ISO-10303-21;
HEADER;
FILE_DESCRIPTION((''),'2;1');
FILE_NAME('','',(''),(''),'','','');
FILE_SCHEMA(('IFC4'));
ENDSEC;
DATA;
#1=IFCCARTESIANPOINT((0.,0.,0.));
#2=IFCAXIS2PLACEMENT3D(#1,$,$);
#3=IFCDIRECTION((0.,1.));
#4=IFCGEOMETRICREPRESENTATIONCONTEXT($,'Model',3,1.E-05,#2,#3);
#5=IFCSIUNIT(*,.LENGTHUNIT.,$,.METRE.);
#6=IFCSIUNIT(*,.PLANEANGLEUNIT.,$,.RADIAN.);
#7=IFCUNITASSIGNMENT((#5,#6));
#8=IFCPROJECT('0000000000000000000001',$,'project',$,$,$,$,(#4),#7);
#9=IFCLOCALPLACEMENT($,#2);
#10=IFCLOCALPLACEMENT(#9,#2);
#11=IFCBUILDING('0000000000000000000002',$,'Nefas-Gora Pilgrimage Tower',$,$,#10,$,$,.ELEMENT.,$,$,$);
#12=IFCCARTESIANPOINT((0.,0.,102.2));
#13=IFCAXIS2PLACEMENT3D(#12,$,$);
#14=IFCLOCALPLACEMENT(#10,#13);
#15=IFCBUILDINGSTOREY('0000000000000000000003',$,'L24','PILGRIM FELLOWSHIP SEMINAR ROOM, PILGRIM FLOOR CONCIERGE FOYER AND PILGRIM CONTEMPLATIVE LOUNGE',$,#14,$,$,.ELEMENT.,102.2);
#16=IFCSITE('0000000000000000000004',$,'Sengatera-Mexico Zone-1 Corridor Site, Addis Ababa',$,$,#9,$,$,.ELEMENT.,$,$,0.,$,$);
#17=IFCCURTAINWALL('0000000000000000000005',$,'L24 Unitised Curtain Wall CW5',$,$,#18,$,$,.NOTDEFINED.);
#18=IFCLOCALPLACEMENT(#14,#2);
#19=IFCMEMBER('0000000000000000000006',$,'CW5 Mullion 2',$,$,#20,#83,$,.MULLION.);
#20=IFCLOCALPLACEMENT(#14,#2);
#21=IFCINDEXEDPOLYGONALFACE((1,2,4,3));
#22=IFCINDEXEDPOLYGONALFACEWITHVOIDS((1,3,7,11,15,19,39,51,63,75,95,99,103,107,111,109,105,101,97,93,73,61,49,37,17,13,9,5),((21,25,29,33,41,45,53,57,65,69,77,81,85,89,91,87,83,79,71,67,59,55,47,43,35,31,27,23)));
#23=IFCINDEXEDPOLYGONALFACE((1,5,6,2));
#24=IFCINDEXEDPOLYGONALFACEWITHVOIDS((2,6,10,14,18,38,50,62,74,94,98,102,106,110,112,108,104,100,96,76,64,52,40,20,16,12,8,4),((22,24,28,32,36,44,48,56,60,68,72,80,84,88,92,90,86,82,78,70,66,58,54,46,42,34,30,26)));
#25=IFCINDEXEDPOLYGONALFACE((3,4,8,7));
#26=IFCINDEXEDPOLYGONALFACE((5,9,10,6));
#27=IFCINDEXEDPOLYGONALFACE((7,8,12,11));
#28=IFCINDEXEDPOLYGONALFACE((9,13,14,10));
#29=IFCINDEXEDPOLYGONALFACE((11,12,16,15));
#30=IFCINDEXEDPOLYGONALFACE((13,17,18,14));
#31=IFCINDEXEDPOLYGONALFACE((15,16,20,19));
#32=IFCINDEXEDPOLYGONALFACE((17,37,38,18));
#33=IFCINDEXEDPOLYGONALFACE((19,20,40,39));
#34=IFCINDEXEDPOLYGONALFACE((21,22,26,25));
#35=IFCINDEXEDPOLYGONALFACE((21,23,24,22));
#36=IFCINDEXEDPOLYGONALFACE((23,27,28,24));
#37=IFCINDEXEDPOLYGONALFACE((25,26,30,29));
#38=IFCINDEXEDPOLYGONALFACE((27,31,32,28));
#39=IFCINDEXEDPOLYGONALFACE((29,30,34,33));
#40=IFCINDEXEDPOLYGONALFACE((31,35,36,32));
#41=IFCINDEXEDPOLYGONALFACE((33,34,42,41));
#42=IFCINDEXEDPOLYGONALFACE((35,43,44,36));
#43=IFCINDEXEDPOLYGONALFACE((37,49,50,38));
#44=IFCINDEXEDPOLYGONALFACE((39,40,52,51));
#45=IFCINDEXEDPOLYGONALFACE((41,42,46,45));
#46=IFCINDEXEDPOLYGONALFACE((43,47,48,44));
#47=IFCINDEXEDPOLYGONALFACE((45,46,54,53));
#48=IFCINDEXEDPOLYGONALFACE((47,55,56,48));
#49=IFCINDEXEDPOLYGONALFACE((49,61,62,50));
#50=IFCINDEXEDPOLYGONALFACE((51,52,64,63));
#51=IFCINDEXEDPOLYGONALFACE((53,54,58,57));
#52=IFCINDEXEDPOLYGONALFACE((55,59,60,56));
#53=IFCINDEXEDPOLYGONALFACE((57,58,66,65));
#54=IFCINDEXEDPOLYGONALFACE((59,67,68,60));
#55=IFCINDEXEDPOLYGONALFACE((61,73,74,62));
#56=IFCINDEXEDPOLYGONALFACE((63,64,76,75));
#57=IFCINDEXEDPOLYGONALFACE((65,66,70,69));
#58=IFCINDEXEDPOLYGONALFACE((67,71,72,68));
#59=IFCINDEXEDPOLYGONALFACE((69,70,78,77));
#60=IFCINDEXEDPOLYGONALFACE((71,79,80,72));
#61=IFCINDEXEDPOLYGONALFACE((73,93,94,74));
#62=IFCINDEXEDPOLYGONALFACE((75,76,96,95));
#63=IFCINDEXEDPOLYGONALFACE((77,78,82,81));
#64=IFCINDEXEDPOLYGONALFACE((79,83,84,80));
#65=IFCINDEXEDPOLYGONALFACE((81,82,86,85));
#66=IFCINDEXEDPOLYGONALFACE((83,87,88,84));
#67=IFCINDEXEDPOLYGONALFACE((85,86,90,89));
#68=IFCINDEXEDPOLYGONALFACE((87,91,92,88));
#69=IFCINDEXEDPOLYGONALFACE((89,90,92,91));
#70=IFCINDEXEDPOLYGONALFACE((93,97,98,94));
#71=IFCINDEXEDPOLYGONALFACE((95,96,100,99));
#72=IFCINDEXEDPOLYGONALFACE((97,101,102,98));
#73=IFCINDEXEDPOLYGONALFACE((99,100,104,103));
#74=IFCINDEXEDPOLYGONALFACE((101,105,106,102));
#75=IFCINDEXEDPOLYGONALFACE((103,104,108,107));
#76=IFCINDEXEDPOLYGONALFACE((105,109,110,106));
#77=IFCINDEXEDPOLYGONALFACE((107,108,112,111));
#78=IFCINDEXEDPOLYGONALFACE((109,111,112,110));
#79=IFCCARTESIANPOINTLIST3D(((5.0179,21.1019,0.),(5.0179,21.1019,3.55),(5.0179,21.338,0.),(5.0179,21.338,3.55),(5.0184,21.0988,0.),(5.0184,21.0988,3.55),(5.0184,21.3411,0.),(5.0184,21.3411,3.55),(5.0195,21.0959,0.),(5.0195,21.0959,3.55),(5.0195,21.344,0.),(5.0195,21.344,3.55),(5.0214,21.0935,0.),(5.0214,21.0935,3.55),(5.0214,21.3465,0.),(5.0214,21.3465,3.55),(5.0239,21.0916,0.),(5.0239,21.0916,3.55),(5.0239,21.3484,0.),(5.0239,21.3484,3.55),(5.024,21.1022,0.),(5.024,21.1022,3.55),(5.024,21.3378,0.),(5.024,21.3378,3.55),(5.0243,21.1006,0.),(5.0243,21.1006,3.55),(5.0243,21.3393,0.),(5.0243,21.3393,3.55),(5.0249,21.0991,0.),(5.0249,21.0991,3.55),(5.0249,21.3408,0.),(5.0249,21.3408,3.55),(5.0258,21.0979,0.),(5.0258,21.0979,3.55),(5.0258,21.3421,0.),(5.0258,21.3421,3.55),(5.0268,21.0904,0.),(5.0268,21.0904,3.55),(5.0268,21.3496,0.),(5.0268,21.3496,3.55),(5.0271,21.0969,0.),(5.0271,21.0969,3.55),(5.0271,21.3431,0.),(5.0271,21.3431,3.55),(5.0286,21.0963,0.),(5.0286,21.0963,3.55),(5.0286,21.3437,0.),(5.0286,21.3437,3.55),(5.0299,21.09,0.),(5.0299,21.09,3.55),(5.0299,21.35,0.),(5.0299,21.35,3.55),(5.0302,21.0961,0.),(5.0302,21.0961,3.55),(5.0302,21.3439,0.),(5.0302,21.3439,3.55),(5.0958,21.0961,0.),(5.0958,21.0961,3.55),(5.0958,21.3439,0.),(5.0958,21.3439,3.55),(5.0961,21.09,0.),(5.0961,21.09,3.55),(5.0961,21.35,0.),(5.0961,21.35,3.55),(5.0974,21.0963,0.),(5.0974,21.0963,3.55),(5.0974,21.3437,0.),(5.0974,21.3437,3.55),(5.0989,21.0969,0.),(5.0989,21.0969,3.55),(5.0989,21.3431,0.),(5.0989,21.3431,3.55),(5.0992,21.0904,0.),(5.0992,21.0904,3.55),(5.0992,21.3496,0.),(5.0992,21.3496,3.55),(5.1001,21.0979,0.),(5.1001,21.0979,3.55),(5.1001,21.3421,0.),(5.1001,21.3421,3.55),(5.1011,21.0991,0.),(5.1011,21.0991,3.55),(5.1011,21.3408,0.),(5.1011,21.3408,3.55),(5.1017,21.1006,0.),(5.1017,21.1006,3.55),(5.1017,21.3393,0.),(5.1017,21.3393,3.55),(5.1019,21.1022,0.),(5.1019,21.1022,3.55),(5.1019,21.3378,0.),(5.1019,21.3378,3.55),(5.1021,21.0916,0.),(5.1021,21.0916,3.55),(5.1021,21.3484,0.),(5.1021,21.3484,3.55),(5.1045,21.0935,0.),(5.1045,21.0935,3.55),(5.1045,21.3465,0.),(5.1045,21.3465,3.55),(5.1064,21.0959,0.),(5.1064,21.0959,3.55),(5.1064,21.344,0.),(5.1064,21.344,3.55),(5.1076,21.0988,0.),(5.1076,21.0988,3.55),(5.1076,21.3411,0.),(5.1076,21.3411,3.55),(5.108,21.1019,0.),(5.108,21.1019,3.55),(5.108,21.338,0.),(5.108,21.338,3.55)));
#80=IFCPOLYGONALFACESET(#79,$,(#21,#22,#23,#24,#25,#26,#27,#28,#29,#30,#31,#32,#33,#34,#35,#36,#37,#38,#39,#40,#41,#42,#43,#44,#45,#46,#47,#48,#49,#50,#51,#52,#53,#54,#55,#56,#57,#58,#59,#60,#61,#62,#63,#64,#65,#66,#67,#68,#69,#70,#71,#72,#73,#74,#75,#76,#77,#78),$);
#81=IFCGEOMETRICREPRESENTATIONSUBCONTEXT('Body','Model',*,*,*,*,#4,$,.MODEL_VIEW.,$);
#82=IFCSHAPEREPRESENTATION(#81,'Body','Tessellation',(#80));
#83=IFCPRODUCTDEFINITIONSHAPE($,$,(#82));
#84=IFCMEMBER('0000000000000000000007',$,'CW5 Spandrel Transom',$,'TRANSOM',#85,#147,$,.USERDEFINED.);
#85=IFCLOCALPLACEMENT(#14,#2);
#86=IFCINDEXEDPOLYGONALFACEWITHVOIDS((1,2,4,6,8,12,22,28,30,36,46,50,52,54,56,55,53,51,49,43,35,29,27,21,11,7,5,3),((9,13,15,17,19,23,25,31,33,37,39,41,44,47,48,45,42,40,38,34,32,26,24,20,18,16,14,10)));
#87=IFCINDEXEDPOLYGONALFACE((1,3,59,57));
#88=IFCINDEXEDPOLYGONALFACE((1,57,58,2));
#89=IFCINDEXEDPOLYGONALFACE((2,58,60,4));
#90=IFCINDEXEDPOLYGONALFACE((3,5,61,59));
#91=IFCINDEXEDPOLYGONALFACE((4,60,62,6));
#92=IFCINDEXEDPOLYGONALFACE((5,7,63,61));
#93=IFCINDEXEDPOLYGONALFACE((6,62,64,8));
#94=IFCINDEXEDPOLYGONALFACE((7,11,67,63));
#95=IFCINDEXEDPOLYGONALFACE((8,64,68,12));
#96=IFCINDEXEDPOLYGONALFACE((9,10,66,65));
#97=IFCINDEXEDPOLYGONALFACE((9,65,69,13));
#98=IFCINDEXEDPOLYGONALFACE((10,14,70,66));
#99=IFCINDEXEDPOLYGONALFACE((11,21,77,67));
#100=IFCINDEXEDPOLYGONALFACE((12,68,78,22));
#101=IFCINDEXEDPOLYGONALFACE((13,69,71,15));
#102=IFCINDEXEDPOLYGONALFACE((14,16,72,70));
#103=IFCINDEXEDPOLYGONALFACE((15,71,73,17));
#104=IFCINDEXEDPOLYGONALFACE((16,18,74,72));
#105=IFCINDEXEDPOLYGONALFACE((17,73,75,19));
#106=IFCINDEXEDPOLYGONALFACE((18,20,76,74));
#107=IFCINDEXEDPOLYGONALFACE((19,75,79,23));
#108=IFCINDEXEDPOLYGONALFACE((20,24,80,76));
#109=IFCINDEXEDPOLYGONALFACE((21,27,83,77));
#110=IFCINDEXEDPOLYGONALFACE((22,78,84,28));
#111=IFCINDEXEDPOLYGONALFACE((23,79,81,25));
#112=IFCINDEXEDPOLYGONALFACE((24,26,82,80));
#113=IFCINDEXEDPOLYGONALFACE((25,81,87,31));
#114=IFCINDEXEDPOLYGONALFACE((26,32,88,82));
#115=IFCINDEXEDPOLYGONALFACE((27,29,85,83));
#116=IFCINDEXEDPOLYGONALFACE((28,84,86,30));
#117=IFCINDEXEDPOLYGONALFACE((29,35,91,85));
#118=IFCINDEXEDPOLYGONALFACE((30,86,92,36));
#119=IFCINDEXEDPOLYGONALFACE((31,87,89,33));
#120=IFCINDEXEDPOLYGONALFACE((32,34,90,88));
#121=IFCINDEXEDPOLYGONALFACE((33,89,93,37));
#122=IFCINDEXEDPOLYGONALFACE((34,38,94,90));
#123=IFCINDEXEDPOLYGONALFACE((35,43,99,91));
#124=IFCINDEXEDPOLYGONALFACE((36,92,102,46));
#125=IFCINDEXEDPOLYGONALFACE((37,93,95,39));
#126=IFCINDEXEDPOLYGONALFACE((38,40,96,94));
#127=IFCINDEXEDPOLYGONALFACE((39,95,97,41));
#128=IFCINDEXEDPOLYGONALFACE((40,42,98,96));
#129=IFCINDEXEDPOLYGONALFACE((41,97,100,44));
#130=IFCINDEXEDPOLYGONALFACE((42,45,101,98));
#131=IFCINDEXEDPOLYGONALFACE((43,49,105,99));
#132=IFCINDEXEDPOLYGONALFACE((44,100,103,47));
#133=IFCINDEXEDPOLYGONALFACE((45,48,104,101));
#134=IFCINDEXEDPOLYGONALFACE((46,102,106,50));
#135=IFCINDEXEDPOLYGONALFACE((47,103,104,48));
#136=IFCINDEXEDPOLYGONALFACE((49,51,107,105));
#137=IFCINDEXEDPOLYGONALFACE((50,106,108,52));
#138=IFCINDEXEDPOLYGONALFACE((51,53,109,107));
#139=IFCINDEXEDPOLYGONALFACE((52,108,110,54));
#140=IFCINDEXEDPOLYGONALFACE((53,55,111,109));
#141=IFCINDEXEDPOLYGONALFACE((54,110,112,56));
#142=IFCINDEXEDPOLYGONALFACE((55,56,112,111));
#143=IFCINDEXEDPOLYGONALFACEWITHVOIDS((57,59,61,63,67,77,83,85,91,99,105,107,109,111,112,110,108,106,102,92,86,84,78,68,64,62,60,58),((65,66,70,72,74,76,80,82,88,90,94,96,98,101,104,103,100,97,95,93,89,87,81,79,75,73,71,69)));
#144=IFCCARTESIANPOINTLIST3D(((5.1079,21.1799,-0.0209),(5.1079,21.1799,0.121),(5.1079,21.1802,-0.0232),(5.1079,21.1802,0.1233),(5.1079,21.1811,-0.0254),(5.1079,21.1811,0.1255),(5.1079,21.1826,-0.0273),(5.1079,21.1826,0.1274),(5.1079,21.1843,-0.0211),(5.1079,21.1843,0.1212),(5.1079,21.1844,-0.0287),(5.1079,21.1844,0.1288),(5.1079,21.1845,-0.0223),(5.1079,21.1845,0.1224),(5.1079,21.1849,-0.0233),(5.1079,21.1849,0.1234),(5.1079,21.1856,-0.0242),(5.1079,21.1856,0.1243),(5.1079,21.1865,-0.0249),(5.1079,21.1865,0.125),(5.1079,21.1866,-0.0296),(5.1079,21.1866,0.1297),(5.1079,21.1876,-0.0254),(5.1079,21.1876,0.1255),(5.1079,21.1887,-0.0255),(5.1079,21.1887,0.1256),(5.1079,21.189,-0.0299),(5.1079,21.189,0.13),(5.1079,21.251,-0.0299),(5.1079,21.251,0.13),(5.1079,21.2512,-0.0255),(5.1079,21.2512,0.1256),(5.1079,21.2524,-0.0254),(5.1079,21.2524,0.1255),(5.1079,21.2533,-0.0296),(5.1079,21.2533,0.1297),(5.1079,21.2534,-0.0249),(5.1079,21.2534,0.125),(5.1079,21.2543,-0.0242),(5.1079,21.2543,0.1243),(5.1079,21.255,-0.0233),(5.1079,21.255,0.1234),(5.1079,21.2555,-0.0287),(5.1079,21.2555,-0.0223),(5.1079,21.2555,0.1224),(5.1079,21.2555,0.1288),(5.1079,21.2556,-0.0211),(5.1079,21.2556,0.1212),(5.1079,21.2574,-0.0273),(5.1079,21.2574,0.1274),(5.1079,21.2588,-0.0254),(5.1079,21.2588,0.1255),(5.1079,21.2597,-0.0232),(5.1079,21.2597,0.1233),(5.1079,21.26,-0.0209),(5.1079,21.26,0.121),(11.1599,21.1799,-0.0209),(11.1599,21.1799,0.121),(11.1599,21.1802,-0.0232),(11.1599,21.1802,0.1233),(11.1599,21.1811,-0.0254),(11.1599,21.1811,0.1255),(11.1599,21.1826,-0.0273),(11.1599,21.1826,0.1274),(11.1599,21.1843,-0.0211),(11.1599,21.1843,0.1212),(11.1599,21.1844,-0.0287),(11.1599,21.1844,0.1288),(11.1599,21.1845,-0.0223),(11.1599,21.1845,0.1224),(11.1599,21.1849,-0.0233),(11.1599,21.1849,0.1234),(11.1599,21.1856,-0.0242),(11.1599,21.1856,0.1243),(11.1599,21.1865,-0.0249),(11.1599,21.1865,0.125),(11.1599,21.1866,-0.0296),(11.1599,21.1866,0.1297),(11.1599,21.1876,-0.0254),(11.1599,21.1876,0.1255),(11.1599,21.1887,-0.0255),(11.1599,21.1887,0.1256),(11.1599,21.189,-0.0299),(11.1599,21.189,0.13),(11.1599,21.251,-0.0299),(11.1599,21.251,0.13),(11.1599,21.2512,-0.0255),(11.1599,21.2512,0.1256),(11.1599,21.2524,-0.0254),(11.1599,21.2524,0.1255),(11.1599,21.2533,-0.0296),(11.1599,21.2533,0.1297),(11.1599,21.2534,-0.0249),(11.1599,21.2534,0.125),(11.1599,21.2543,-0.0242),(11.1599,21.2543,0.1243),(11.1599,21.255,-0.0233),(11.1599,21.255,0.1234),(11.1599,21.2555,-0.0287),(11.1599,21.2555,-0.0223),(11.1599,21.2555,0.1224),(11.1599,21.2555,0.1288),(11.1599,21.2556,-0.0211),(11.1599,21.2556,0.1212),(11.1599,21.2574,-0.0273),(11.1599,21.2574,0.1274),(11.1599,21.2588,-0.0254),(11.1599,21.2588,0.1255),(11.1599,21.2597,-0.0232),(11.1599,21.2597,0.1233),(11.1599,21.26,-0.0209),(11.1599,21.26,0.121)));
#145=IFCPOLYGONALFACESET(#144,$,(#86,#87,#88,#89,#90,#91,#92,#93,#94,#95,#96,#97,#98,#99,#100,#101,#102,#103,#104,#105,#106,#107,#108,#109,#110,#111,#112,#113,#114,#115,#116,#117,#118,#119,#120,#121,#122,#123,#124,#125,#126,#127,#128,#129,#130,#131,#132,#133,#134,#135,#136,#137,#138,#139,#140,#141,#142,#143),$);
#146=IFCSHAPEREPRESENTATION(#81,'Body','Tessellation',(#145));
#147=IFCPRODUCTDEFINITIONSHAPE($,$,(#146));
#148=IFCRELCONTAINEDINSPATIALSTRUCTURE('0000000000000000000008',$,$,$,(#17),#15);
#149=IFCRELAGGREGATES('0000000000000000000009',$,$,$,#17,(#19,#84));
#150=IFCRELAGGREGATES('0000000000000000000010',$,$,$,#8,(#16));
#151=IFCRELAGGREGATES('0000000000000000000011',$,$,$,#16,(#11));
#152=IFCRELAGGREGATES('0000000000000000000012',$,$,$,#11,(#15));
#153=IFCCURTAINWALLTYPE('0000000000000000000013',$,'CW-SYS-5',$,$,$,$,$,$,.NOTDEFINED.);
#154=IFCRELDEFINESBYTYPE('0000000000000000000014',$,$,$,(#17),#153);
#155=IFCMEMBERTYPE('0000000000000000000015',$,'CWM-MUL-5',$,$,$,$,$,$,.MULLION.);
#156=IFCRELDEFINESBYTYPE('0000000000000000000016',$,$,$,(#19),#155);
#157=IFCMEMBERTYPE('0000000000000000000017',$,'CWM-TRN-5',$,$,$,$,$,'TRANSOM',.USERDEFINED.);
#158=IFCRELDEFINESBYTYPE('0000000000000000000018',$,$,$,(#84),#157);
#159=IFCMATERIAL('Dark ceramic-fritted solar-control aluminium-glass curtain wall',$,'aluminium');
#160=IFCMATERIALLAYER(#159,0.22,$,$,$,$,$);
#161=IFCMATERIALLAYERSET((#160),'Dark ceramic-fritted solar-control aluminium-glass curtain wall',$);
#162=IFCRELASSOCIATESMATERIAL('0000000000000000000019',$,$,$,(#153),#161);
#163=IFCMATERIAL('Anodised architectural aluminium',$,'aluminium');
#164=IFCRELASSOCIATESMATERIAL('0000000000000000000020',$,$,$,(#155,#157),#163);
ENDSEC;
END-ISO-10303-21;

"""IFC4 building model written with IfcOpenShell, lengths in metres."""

from ifc_helpers import new_model, si_unit, direction, frame, origin, origin_2d, place, context, subcontext, project, spatial, hollow_rectangle, extrude, source, transform, mapped, material, layer, layer_set, material_profile, profile_set, type_object, element, aggregate, save


model = new_model("IFC4")

# Units and contexts
model_context = context("Model", 3, precision=1e-05, world=origin(), true_north=direction((0.0, 1.0)))
body_context = subcontext(model_context, "Body", "Model", "MODEL_VIEW")
ifc_project = project(units=[si_unit("LENGTHUNIT", "METRE"), si_unit("PLANEANGLEUNIT", "RADIAN")], contexts=[model_context])

# Site, building, storey
site_placement = place(None, origin())
site = spatial("IfcSite", under=ifc_project, at=site_placement, Name="Sengatera-Mexico Zone-1 Corridor Site, Addis Ababa", CompositionType="ELEMENT", RefElevation=0.0)
building_placement = place(site_placement, origin())
building = spatial("IfcBuilding", under=site, at=building_placement, Name="Nefas-Gora Pilgrimage Tower", CompositionType="ELEMENT")
storey_placement = place(building_placement, frame((0.0, 0.0, 102.2)))
storey = spatial("IfcBuildingStorey", under=building, at=storey_placement, Name="L24", Description="PILGRIM FELLOWSHIP SEMINAR ROOM, PILGRIM FLOOR CONCIERGE FOYER AND PILGRIM CONTEMPLATIVE LOUNGE", CompositionType="ELEMENT", Elevation=102.2)

# Curtain wall, members
ifc_material_1 = material(Name="Dark ceramic-fritted solar-control aluminium-glass curtain wall", Category="aluminium")
ifc_layer_1 = layer(ifc_material_1, 0.22)
ifc_layer_set_1 = layer_set([ifc_layer_1], Name="Dark ceramic-fritted solar-control aluminium-glass curtain wall")
curtain_wall_type_1 = type_object("IfcCurtainWallType", Name="CW-SYS-5", PredefinedType="NOTDEFINED", material=ifc_layer_set_1)
curtain_wall_1_placement = place(storey_placement, origin())
curtain_wall_1 = element("IfcCurtainWall", 1, at=curtain_wall_1_placement, inside=storey, type_object=curtain_wall_type_1, Name="L24 Unitised Curtain Wall CW5", PredefinedType="NOTDEFINED")
ifc_material_2 = material(Name="Anodised architectural aluminium", Category="aluminium")
ifc_material_profile_1 = material_profile(ifc_material_2, hollow_rectangle(XDim=0.0901, YDim=0.26, WallThickness=0.0061, InnerFilletRadius=0.0061, OuterFilletRadius=0.012, at=origin_2d()), Name="ALU MULLION 90x260")
ifc_profile_set_1 = profile_set([ifc_material_profile_1], Name="Anodised architectural aluminium")
member_type_1 = type_object("IfcMemberType", Name="CWM-MUL-5", PredefinedType="MULLION", material=ifc_profile_set_1)
shared_shape_1 = source(origin(), body_context, "Body", "SweptSolid", [
    extrude(hollow_rectangle(XDim=0.0901, YDim=0.26, WallThickness=0.0061, InnerFilletRadius=0.0061, OuterFilletRadius=0.012, at=origin_2d()), origin(), (0.0, 0.0, 1.0), 3.55),
])
member_1_placement = place(storey_placement, frame((5.063, 21.22, 0.0), z_axis=(0.0, 0.0, 1.0), x_axis=(-1.0, 0.0, 0.0)))
member_1 = element("IfcMember", 2, at=member_1_placement, type_object=member_type_1, Name="CW5 Mullion 2", PredefinedType="MULLION", context=body_context, shape_type="MappedRepresentation", body=[
    mapped(shared_shape_1, transform((0.0, 0.0, 0.0), x_axis=(1.0, 0.0, 0.0), y_axis=(0.0, 1.0, 0.0), z_axis=(0.0, 0.0, 1.0), scale=1.0)),
])
ifc_material_profile_2 = material_profile(ifc_material_2, hollow_rectangle(XDim=0.0801, YDim=0.1599, WallThickness=0.0044, InnerFilletRadius=0.0044, OuterFilletRadius=0.009, at=origin_2d()), Name="ALU TRANSOM 80x160")
ifc_profile_set_2 = profile_set([ifc_material_profile_2], Name="Anodised architectural aluminium")
member_type_2 = type_object("IfcMemberType", Name="CWM-TRN-5", ElementType="TRANSOM", PredefinedType="USERDEFINED", material=ifc_profile_set_2)
shared_shape_2 = source(origin(), body_context, "Body", "SweptSolid", [
    extrude(hollow_rectangle(XDim=0.0801, YDim=0.1599, WallThickness=0.0044, InnerFilletRadius=0.0044, OuterFilletRadius=0.009, at=origin_2d()), origin(), (0.0, 0.0, 1.0), 6.052),
])
member_2_placement = place(storey_placement, frame((11.1599, 21.22, 0.05), z_axis=(-1.0, 0.0, 0.0), x_axis=(0.0, -1.0, 0.0)))
member_2 = element("IfcMember", 3, at=member_2_placement, type_object=member_type_2, Name="CW5 Spandrel Transom", ObjectType="TRANSOM", PredefinedType="USERDEFINED", context=body_context, shape_type="MappedRepresentation", body=[
    mapped(shared_shape_2, transform((0.0, 0.0, 0.0), x_axis=(1.0, 0.0, 0.0), y_axis=(0.0, 1.0, 0.0), z_axis=(0.0, 0.0, 1.0), scale=1.0)),
])

aggregate(curtain_wall_1, [member_1, member_2])

save(model, "model.ifc")
